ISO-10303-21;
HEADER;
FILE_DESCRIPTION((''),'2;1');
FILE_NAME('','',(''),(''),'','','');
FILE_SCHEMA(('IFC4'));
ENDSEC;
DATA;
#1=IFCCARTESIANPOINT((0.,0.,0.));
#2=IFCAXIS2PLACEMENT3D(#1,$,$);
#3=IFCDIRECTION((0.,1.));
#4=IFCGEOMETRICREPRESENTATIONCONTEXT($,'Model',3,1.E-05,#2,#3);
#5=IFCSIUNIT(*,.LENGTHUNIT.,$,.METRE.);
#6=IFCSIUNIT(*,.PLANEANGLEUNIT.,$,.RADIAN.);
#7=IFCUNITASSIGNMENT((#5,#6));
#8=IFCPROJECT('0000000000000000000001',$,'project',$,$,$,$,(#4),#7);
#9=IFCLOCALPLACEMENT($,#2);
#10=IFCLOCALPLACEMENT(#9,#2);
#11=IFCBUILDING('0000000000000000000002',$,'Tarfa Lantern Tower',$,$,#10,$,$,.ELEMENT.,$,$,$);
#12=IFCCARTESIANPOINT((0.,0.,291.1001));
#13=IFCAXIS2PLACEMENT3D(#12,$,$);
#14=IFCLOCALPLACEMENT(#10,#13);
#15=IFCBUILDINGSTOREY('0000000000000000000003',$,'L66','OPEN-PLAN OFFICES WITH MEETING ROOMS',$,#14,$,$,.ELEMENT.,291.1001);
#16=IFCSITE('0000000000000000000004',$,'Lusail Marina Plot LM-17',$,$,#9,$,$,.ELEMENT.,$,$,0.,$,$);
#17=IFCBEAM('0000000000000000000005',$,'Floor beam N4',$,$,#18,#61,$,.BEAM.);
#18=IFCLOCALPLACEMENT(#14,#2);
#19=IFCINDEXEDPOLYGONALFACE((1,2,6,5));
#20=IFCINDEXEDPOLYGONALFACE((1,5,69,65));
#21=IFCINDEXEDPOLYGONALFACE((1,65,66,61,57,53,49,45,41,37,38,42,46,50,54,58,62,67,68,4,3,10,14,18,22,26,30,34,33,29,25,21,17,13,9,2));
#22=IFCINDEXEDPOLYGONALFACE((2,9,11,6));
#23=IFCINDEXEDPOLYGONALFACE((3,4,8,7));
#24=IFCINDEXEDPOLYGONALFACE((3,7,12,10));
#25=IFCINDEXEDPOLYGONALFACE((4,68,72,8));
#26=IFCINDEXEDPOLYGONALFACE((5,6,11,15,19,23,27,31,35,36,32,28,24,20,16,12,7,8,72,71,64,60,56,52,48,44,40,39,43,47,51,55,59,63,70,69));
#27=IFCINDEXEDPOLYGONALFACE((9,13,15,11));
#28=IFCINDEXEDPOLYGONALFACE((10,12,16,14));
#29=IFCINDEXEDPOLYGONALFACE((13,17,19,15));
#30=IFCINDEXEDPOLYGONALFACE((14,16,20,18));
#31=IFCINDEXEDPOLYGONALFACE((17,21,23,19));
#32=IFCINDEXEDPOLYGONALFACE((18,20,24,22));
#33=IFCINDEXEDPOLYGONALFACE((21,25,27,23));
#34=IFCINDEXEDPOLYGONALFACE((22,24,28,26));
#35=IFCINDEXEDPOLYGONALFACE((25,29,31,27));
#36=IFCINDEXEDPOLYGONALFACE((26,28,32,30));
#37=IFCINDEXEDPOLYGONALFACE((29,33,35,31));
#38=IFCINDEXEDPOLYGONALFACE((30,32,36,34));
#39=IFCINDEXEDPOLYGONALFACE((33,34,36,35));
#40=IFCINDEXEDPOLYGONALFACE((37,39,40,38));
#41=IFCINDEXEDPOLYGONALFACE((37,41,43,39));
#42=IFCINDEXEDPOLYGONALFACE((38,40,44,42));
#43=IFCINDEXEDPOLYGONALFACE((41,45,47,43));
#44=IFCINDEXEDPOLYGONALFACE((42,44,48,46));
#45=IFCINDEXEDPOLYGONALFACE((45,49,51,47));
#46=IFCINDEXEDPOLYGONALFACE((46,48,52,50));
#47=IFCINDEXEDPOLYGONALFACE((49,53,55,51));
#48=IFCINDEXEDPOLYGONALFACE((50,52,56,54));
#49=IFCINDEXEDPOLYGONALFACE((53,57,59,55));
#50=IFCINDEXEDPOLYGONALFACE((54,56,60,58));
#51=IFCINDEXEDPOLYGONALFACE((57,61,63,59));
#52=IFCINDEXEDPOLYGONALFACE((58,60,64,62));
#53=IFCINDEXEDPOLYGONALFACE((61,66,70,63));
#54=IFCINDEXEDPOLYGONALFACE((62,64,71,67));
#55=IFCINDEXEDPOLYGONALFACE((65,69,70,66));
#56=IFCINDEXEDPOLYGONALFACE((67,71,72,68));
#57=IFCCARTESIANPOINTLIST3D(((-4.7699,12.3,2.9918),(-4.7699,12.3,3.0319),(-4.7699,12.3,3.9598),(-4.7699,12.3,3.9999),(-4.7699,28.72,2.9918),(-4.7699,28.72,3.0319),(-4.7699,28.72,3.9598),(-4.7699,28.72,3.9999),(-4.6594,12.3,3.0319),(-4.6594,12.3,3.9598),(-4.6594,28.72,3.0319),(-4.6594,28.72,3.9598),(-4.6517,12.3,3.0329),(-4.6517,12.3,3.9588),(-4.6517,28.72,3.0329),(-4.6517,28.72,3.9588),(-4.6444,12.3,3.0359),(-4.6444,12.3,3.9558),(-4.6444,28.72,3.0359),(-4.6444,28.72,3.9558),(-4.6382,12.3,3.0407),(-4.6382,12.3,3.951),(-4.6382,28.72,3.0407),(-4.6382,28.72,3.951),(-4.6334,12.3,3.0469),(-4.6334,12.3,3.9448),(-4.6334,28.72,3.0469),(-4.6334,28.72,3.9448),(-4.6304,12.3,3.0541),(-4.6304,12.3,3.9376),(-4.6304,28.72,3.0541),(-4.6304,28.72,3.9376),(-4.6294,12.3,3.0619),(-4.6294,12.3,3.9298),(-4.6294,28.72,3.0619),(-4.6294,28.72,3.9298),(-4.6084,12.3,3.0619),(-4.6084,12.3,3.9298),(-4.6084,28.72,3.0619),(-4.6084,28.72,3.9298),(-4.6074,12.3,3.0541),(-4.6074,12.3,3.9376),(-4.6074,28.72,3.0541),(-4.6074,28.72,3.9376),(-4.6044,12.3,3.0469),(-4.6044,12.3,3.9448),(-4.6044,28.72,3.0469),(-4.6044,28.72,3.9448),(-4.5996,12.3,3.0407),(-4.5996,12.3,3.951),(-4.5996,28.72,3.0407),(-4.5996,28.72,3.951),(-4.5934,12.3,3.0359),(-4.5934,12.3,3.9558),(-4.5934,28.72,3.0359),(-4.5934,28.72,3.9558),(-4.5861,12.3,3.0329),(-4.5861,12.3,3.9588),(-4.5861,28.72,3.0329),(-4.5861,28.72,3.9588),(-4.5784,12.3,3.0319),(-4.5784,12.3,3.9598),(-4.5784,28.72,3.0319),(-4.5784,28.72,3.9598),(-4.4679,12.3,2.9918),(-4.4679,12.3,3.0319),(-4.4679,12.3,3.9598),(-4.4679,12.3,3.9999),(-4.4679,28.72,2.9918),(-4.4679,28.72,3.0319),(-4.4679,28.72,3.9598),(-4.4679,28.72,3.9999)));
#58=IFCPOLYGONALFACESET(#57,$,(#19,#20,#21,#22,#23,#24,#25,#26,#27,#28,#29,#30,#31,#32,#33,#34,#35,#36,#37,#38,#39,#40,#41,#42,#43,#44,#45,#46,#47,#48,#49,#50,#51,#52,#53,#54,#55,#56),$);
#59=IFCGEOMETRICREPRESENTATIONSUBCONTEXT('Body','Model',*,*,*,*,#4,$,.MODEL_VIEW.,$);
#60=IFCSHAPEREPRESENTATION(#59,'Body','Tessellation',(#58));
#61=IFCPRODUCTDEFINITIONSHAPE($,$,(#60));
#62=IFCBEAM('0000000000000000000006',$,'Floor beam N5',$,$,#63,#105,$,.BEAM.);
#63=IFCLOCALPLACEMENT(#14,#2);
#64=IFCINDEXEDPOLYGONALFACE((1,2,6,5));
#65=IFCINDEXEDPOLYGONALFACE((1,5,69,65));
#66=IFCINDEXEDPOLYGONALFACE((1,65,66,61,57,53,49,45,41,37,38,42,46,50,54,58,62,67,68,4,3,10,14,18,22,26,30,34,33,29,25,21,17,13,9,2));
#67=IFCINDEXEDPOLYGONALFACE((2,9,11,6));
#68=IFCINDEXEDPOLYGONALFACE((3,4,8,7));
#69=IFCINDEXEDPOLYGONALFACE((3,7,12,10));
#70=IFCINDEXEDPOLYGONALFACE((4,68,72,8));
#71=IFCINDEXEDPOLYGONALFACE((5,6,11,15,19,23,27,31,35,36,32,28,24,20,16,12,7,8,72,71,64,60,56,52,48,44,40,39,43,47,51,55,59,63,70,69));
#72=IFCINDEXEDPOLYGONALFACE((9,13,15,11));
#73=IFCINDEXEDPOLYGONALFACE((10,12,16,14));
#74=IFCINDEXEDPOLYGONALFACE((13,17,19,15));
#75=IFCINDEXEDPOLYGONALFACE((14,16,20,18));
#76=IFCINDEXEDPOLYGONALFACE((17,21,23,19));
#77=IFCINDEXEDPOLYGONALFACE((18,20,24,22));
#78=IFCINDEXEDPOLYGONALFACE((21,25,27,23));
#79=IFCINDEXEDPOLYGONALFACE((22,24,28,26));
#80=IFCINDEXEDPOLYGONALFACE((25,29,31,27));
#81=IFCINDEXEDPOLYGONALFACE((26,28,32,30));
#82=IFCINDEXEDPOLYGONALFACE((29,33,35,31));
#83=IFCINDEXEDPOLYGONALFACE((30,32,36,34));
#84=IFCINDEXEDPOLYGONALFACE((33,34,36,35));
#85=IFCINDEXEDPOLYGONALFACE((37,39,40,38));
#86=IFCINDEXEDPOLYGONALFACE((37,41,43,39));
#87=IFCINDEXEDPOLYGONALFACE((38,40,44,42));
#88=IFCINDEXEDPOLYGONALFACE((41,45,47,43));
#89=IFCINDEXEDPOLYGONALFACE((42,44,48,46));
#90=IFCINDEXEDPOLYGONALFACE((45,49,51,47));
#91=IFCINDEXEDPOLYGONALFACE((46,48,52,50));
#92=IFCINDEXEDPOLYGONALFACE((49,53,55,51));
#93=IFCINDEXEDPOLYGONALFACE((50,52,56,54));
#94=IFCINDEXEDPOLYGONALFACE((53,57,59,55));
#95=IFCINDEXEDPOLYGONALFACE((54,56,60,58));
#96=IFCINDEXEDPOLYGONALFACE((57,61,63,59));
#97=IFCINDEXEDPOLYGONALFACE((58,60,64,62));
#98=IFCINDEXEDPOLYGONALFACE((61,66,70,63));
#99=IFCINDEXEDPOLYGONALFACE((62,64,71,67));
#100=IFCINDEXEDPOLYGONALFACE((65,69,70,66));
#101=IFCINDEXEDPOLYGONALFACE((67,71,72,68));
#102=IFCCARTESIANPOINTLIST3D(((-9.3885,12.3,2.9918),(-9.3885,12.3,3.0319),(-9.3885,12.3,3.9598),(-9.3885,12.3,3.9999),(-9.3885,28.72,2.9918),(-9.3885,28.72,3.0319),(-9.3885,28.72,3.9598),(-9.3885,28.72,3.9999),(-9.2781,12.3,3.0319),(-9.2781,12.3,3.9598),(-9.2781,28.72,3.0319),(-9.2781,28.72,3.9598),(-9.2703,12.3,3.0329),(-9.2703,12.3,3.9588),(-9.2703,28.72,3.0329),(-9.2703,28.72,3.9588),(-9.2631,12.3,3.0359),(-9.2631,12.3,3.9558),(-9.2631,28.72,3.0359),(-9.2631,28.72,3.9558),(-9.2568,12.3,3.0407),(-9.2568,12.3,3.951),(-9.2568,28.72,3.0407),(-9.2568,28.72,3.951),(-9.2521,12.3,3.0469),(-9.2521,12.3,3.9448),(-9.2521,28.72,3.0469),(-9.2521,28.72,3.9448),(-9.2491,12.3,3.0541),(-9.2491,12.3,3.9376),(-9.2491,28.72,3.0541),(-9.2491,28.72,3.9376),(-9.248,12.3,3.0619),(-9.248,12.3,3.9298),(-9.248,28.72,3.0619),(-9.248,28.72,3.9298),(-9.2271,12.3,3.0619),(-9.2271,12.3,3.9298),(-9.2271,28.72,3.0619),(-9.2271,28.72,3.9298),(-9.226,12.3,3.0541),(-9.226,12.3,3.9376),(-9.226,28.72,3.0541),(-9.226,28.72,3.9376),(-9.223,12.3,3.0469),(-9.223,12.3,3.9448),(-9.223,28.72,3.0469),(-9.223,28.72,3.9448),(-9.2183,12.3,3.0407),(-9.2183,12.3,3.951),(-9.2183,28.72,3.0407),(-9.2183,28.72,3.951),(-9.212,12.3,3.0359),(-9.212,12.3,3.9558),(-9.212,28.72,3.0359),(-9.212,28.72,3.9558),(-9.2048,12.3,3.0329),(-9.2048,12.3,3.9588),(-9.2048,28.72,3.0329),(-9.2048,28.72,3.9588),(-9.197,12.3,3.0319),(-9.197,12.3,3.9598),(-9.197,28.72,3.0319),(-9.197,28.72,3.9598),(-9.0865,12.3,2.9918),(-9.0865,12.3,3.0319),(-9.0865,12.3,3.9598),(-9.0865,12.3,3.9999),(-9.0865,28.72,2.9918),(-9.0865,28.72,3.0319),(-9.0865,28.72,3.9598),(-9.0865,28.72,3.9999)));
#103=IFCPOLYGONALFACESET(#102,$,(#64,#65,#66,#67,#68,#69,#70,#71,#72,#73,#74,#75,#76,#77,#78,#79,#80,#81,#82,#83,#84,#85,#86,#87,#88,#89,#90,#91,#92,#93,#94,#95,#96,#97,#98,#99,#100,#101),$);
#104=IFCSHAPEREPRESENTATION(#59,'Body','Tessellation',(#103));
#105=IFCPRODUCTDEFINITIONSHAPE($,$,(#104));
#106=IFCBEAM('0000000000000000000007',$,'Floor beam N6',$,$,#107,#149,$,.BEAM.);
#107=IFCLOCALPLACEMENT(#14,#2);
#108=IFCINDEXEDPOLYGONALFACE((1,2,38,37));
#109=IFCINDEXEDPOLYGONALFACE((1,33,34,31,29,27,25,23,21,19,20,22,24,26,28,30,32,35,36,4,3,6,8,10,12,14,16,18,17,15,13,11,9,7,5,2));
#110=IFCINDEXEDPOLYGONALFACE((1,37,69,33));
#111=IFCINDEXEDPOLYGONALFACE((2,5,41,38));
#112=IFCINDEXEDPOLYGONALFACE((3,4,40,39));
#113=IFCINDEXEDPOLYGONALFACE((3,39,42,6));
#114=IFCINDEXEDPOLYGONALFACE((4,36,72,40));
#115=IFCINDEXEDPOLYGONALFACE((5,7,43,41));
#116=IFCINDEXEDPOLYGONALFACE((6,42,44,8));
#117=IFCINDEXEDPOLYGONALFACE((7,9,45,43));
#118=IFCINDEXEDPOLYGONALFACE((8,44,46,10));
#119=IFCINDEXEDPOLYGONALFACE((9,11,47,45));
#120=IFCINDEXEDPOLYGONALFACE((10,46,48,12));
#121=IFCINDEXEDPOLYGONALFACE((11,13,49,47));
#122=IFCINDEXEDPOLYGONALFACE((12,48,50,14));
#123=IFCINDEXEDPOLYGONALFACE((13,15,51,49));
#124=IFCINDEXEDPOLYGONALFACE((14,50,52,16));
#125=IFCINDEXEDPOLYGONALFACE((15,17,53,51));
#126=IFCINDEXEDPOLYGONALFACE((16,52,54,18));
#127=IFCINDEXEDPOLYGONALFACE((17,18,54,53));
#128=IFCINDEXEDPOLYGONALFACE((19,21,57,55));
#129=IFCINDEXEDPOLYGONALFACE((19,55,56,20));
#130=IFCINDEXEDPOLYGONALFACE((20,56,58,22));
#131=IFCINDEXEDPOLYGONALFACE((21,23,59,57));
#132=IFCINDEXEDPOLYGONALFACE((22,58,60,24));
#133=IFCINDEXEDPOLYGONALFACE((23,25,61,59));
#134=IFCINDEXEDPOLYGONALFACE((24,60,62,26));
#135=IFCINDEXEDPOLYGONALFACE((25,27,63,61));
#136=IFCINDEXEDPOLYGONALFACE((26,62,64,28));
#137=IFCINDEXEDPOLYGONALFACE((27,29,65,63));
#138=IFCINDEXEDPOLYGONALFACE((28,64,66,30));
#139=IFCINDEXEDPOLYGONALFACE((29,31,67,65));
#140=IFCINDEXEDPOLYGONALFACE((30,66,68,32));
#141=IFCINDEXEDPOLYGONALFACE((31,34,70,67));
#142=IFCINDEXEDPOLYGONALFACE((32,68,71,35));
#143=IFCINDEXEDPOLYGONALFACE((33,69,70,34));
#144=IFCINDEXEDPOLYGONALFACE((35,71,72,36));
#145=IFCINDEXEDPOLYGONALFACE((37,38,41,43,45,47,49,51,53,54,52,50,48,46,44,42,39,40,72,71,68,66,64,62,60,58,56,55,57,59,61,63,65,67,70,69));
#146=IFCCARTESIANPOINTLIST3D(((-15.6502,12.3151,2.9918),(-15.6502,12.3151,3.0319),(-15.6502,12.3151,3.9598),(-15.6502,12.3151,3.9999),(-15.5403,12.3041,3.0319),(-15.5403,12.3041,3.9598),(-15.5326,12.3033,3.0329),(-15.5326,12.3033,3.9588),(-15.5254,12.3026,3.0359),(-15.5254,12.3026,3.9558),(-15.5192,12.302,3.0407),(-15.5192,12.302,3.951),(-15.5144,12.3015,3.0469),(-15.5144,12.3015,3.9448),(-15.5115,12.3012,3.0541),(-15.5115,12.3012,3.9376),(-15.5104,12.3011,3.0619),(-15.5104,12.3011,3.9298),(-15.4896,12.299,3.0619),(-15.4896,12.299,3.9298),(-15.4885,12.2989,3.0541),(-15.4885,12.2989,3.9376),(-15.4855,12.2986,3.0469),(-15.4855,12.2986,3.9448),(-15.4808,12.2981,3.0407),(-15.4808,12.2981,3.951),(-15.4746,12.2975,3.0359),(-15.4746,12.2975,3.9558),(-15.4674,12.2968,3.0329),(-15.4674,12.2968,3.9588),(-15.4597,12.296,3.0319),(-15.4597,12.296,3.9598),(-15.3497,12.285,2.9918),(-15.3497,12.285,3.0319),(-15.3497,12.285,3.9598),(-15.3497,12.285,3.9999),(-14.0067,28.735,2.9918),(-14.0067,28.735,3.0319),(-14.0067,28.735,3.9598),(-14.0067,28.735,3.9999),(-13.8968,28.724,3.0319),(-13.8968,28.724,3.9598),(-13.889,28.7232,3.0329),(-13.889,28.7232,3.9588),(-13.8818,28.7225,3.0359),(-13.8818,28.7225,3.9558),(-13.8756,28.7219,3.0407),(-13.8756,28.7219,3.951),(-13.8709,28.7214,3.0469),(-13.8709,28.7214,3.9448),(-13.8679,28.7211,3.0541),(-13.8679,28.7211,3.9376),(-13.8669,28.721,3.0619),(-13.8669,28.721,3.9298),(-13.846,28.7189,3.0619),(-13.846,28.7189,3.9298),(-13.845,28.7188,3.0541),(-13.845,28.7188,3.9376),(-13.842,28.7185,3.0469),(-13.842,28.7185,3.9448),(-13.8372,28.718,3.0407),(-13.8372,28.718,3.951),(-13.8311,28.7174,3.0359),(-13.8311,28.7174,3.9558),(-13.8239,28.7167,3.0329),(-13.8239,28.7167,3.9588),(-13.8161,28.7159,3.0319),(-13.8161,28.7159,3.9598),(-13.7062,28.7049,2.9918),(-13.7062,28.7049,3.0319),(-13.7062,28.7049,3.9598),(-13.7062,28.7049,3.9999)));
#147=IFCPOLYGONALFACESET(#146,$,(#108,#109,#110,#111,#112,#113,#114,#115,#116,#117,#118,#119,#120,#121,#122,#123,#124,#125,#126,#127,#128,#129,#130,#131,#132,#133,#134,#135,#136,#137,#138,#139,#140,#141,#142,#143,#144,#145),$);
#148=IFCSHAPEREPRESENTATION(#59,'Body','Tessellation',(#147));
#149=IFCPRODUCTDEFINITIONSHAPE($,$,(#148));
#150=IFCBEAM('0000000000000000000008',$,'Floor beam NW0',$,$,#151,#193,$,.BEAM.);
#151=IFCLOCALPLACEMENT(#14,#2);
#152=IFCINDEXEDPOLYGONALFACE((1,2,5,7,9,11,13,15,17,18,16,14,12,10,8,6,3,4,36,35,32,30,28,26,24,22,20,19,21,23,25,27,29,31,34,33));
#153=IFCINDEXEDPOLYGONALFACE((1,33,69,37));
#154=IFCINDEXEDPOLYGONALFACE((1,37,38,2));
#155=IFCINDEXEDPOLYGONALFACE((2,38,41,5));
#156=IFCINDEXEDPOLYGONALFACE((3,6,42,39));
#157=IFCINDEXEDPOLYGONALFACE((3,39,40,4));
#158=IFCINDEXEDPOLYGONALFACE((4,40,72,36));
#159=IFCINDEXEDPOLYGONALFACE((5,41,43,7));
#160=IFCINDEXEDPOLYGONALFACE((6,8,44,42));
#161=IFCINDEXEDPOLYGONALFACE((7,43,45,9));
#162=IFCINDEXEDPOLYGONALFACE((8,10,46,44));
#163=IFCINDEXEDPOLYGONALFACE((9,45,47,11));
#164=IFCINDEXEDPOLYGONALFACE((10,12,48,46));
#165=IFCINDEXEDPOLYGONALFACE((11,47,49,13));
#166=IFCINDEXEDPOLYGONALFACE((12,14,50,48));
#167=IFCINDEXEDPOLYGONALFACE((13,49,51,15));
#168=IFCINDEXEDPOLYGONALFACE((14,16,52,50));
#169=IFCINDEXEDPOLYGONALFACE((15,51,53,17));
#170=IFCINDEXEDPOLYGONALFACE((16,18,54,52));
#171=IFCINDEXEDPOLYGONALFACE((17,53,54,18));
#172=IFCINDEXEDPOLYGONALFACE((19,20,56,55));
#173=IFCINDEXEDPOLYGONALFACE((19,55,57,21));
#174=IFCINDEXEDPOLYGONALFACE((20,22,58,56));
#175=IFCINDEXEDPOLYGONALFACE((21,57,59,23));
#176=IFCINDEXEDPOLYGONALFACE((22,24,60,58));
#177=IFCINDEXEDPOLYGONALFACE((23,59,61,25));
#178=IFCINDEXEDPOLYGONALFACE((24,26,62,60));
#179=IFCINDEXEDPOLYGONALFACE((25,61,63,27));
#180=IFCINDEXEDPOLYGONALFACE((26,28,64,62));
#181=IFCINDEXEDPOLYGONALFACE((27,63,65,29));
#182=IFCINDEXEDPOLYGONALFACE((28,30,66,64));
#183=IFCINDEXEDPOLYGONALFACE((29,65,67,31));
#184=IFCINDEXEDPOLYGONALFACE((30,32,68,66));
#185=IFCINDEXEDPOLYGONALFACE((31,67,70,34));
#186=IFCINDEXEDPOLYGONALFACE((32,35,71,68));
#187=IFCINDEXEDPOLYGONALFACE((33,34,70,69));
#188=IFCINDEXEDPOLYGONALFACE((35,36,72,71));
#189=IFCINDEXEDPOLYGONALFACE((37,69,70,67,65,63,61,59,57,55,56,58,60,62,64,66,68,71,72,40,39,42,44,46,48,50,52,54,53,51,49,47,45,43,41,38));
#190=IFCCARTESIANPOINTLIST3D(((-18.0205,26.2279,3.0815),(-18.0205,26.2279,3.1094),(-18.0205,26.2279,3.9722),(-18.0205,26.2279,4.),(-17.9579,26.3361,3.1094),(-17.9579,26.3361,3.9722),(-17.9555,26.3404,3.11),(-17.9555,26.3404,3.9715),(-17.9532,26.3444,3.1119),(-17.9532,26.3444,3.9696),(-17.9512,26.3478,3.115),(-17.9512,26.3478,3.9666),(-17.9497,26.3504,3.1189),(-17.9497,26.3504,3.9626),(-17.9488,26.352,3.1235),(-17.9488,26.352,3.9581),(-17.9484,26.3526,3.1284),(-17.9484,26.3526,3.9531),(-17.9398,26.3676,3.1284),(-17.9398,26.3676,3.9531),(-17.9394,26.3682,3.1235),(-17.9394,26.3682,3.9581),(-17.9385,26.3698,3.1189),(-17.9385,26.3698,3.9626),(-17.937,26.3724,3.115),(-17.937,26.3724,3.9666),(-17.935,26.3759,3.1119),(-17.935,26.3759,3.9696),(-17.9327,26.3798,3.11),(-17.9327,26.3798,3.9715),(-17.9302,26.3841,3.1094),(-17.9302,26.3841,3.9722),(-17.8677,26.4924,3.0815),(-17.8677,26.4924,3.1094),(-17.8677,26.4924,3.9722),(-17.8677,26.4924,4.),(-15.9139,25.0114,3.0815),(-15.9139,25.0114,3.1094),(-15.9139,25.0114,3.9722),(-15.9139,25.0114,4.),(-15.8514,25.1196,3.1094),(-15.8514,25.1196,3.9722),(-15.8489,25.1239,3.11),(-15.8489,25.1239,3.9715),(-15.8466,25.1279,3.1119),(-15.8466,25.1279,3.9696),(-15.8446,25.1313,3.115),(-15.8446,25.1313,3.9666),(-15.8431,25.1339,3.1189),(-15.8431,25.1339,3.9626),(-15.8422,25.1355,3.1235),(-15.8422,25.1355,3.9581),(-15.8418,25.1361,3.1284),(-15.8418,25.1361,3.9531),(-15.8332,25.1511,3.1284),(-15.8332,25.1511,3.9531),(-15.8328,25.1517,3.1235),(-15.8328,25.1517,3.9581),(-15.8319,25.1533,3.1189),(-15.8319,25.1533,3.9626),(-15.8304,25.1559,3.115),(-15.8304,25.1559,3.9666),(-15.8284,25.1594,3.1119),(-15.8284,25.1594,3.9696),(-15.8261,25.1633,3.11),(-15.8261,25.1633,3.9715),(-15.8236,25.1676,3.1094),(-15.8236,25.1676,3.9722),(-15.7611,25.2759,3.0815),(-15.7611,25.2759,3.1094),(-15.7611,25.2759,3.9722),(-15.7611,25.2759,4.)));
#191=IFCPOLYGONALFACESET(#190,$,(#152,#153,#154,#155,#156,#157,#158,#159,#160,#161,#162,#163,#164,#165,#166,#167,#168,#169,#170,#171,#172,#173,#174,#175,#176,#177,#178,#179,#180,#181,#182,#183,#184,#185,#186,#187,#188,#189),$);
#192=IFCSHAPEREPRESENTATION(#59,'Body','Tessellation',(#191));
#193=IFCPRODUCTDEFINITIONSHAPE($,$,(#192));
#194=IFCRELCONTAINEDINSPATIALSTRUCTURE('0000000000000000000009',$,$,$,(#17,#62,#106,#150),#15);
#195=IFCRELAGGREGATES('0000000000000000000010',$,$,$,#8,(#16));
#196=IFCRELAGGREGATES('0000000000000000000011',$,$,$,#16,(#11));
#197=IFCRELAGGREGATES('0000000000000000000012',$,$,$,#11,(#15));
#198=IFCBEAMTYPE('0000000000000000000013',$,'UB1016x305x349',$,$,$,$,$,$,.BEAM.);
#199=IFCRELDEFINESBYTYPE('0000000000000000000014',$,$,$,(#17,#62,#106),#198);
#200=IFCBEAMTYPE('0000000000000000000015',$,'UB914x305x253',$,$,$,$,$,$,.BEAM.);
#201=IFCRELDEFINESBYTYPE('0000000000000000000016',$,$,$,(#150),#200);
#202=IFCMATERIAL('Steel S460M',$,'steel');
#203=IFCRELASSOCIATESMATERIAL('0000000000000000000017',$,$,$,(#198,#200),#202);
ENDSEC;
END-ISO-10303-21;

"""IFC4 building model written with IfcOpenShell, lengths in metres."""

from ifc_helpers import new_model, si_unit, direction, frame, origin, origin_2d, place, context, subcontext, project, spatial, i_section, extrude, material, material_profile, profile_set, type_object, element, save


model = new_model("IFC4")

# Units and contexts
model_context = context("Model", 3, precision=1e-05, world=origin(), true_north=direction((0.0, 1.0)))
body_context = subcontext(model_context, "Body", "Model", "MODEL_VIEW")
ifc_project = project(units=[si_unit("LENGTHUNIT", "METRE"), si_unit("PLANEANGLEUNIT", "RADIAN")], contexts=[model_context])

# Site, building, storey
site_placement = place(None, origin())
site = spatial("IfcSite", under=ifc_project, at=site_placement, Name="Lusail Marina Plot LM-17", CompositionType="ELEMENT", RefElevation=0.0)
building_placement = place(site_placement, origin())
building = spatial("IfcBuilding", under=site, at=building_placement, Name="Tarfa Lantern Tower", CompositionType="ELEMENT")
storey_placement = place(building_placement, frame((0.0, 0.0, 291.1001)))
storey = spatial("IfcBuildingStorey", under=building, at=storey_placement, Name="L66", Description="OPEN-PLAN OFFICES WITH MEETING ROOMS", CompositionType="ELEMENT", Elevation=291.1001)

# Beams
ifc_material_1 = material(Name="Steel S460M", Category="steel")
ifc_material_profile_1 = material_profile(ifc_material_1, i_section(OverallWidth=0.302, OverallDepth=1.0081, WebThickness=0.021, FlangeThickness=0.04, FilletRadius=0.03, at=origin_2d()), Name="UB1016x305x349")
ifc_profile_set_1 = profile_set([ifc_material_profile_1], Name="Steel S460M")
beam_type_1 = type_object("IfcBeamType", Name="UB1016x305x349", PredefinedType="BEAM", material=ifc_profile_set_1)
for number, where, z_axis, x_axis, name in (
    (1, (-4.6189, 28.72, 3.4958), (0.0, -1.0, 0.0), (1.0, 0.0, 0.0), "Floor beam N4"),
    (2, (-9.2375, 28.72, 3.4958), (0.0, -1.0, 0.0), (1.0, 0.0, 0.0), "Floor beam N5"),
):
    element("IfcBeam", number, at=place(storey_placement, frame(where, z_axis=z_axis, x_axis=x_axis)), inside=storey, type_object=beam_type_1, Name=name, PredefinedType="BEAM", context=body_context, shape_type="SweptSolid", body=[
        extrude(i_section(OverallWidth=0.302, OverallDepth=1.0081, WebThickness=0.021, FlangeThickness=0.04, FilletRadius=0.03, at=origin_2d()), origin(), (0.0, 0.0, 1.0), 16.4199),
    ])
beam_1_placement = place(storey_placement, frame((-13.8564, 28.72, 3.4958), z_axis=(-0.099597, -0.995028, 0.0), x_axis=(0.995028, -0.099597, 0.0)))
element("IfcBeam", 3, at=beam_1_placement, inside=storey, type_object=beam_type_1, Name="Floor beam N6", PredefinedType="BEAM", context=body_context, shape_type="SweptSolid", body=[
    extrude(i_section(OverallWidth=0.302, OverallDepth=1.0081, WebThickness=0.021, FlangeThickness=0.04, FilletRadius=0.03, at=origin_2d()), origin(), (0.0, 0.0, 1.0), 16.502),
])
ifc_material_profile_2 = material_profile(ifc_material_1, i_section(OverallWidth=0.3054, OverallDepth=0.9185, WebThickness=0.0173, FlangeThickness=0.0278, FilletRadius=0.019, at=origin_2d()), Name="UB914x305x253")
ifc_profile_set_2 = profile_set([ifc_material_profile_2], Name="Steel S460M")
beam_type_2 = type_object("IfcBeamType", Name="UB914x305x253", PredefinedType="BEAM", material=ifc_profile_set_2)
beam_2_placement = place(storey_placement, frame((-17.9441, 26.3601, 3.5408), z_axis=(0.86598, -0.500079, 0.0), x_axis=(0.500079, 0.86598, 0.0)))
element("IfcBeam", 4, at=beam_2_placement, inside=storey, type_object=beam_type_2, Name="Floor beam NW0", PredefinedType="BEAM", context=body_context, shape_type="SweptSolid", body=[
    extrude(i_section(OverallWidth=0.3054, OverallDepth=0.9185, WebThickness=0.0173, FlangeThickness=0.0278, FilletRadius=0.019, at=origin_2d()), origin(), (0.0, 0.0, 1.0), 2.4326),
])

save(model, "model.ifc")
